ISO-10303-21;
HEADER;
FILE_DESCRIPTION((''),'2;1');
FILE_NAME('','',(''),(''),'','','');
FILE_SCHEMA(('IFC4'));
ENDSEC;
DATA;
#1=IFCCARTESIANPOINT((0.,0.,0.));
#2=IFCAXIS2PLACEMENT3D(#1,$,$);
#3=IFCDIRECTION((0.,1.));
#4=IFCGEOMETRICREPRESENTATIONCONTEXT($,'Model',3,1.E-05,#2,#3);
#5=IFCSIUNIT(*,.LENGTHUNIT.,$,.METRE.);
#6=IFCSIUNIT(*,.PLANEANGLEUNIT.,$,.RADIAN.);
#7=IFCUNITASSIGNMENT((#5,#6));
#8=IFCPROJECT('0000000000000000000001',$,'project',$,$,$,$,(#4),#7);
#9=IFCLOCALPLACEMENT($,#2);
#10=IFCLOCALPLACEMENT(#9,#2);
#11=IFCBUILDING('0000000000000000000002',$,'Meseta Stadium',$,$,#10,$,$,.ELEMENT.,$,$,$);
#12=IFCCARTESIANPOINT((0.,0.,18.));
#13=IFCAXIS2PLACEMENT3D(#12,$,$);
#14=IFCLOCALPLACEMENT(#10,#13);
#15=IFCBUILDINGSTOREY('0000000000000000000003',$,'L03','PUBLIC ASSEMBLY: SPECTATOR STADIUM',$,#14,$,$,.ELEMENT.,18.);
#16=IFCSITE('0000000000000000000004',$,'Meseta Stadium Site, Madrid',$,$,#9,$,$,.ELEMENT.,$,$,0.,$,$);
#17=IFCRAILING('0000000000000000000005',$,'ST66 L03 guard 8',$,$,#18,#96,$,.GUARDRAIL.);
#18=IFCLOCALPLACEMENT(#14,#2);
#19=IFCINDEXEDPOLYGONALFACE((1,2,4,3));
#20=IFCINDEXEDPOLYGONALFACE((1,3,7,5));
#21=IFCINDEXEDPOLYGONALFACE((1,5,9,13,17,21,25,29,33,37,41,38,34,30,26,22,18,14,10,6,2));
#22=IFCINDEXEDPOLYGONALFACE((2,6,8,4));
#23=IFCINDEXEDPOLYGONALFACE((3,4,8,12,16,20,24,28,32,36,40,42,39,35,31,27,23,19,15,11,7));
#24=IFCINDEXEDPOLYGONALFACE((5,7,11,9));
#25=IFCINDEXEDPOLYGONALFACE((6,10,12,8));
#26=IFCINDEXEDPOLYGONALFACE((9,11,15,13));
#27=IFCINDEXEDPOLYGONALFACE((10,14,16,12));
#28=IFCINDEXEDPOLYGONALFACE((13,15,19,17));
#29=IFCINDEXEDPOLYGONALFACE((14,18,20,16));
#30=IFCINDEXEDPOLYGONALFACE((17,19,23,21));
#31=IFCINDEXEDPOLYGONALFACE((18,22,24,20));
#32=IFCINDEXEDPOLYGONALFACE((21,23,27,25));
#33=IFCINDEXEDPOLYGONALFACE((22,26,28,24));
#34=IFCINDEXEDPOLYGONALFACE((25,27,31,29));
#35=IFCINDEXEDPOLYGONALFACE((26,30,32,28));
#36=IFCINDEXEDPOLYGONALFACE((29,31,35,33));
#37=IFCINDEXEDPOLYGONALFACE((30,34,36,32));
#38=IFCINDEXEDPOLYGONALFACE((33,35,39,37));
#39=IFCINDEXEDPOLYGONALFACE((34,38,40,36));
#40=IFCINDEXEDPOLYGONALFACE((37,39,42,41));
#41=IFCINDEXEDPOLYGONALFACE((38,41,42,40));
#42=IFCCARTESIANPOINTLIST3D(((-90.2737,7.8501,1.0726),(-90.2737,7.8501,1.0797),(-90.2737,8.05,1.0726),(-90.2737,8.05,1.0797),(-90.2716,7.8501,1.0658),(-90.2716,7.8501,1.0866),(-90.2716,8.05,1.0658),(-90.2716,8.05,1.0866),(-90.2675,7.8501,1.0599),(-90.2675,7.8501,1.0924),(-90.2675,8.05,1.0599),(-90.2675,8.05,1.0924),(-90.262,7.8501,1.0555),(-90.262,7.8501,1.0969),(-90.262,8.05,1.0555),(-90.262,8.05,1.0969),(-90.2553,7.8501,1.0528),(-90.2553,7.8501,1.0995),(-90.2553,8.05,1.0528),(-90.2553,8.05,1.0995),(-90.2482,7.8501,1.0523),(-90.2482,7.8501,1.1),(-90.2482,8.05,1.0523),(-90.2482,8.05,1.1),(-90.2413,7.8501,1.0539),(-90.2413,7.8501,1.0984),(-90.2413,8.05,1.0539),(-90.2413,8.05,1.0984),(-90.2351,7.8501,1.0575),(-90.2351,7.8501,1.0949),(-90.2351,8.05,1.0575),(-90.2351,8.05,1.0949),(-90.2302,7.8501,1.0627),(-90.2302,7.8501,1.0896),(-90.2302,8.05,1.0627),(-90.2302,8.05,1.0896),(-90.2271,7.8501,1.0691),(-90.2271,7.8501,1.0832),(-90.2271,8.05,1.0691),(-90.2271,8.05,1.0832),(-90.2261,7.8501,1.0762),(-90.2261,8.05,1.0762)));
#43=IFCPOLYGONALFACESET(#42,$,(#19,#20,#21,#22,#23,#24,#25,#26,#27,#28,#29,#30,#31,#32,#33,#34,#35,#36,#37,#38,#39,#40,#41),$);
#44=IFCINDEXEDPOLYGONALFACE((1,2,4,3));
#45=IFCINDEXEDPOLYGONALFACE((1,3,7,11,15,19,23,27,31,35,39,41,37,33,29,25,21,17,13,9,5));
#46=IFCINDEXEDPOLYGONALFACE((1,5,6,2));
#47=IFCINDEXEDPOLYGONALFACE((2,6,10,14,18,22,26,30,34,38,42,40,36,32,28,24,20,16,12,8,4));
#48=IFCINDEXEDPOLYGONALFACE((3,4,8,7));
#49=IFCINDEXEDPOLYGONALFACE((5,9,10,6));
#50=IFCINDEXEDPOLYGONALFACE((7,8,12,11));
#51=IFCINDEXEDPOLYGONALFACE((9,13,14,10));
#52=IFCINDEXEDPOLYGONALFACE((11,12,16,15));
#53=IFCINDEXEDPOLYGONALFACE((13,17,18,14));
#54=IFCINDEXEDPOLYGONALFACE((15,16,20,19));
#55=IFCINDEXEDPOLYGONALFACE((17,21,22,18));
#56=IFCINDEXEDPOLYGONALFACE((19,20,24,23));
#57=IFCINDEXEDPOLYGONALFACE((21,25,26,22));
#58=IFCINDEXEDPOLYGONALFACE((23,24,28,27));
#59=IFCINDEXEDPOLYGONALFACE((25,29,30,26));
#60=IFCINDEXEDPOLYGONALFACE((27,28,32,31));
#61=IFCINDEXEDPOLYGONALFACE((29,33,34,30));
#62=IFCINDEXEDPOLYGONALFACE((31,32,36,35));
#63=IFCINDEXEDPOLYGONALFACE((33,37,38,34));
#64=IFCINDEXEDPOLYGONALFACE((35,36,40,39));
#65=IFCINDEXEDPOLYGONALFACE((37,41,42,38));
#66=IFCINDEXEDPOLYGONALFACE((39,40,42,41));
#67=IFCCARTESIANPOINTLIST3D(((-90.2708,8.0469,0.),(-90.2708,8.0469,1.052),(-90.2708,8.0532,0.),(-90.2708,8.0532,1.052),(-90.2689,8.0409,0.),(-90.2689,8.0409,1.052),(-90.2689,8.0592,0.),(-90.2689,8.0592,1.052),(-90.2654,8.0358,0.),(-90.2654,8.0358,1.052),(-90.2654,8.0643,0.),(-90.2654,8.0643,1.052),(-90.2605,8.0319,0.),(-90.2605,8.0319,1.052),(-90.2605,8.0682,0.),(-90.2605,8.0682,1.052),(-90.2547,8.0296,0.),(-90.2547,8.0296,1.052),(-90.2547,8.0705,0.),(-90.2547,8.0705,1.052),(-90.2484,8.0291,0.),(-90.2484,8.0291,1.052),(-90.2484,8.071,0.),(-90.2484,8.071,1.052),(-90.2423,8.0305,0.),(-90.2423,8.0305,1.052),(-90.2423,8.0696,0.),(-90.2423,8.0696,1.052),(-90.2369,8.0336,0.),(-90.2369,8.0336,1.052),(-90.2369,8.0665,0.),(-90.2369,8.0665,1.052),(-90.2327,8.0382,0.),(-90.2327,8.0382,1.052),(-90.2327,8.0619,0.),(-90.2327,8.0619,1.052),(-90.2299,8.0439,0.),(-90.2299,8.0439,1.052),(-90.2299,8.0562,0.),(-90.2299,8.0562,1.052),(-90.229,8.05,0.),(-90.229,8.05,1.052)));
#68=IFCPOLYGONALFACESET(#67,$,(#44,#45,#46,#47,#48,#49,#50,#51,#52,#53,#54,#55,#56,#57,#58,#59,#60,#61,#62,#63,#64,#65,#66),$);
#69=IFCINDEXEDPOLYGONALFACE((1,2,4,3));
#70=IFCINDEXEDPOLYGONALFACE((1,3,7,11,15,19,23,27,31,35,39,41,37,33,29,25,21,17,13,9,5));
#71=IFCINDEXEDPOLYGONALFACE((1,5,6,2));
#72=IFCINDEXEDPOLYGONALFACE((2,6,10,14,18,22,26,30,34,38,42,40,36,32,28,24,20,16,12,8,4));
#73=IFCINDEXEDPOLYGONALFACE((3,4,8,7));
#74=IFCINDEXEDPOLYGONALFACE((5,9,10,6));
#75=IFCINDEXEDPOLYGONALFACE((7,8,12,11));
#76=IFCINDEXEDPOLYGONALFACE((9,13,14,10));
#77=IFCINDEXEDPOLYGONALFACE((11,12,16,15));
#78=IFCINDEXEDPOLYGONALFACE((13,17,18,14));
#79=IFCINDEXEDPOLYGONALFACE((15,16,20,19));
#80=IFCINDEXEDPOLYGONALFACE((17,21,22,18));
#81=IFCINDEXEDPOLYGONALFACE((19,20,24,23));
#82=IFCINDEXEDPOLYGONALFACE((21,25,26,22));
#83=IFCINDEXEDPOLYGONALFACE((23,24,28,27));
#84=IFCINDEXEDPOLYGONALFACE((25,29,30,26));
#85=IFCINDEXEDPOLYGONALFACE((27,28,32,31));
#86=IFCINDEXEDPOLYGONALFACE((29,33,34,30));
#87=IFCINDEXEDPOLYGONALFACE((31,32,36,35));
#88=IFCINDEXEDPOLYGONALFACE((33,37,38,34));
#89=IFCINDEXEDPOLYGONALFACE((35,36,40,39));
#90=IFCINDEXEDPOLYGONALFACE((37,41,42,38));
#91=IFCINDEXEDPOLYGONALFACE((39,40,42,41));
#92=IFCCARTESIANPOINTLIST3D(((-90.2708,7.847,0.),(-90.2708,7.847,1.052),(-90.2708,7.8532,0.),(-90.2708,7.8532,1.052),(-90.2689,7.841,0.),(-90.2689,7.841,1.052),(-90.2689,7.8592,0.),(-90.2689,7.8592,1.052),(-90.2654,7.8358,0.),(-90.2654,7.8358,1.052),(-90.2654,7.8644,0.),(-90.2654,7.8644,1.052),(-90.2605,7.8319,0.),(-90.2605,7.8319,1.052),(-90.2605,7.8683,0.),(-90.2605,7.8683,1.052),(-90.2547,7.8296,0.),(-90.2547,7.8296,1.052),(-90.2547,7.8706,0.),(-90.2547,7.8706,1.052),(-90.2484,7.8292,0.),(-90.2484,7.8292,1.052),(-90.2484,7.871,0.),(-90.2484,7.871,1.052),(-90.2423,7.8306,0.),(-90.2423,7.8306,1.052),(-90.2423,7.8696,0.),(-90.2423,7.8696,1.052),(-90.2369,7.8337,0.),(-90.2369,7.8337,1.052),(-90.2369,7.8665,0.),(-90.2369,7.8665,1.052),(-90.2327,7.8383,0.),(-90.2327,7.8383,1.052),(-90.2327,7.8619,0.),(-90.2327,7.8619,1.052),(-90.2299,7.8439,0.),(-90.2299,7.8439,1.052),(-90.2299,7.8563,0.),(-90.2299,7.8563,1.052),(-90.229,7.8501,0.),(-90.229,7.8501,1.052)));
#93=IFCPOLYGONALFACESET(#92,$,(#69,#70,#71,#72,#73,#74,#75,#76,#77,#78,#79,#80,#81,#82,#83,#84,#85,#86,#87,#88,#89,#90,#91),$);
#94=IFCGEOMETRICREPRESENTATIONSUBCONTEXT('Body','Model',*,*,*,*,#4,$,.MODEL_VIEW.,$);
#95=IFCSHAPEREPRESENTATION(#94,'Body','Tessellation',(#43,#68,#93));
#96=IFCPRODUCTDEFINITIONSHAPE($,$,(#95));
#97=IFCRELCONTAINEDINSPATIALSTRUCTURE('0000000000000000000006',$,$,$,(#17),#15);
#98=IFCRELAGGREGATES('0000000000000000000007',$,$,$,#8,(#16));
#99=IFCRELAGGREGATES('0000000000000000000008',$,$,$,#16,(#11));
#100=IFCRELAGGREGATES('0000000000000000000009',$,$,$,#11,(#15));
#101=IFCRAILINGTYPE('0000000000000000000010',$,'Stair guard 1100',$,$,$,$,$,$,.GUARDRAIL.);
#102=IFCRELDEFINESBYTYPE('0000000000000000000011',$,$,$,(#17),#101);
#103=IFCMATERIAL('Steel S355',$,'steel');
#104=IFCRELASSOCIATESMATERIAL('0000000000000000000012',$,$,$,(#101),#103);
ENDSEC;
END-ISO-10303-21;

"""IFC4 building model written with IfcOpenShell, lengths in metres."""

from ifc_helpers import new_model, si_unit, direction, frame, origin, origin_2d, place, context, subcontext, project, spatial, circle, extrude, material, type_object, element, save


model = new_model("IFC4")

# Units and contexts
model_context = context("Model", 3, precision=1e-05, world=origin(), true_north=direction((0.0, 1.0)))
body_context = subcontext(model_context, "Body", "Model", "MODEL_VIEW")
ifc_project = project(units=[si_unit("LENGTHUNIT", "METRE"), si_unit("PLANEANGLEUNIT", "RADIAN")], contexts=[model_context])

# Site, building, storey
site_placement = place(None, origin())
site = spatial("IfcSite", under=ifc_project, at=site_placement, Name="Meseta Stadium Site, Madrid", CompositionType="ELEMENT", RefElevation=0.0)
building_placement = place(site_placement, origin())
building = spatial("IfcBuilding", under=site, at=building_placement, Name="Meseta Stadium", CompositionType="ELEMENT")
storey_placement = place(building_placement, frame((0.0, 0.0, 18.0)))
storey = spatial("IfcBuildingStorey", under=building, at=storey_placement, Name="L03", Description="PUBLIC ASSEMBLY: SPECTATOR STADIUM", CompositionType="ELEMENT", Elevation=18.0)

# Railing
ifc_material_1 = material(Name="Steel S355", Category="steel")
railing_type_1 = type_object("IfcRailingType", Name="Stair guard 1100", PredefinedType="GUARDRAIL", material=ifc_material_1)
railing_1_placement = place(storey_placement, frame((-90.25, 8.05, 0.0)))
element("IfcRailing", 1, at=railing_1_placement, inside=storey, type_object=railing_type_1, Name="ST66 L03 guard 8", PredefinedType="GUARDRAIL", context=body_context, shape_type="SweptSolid", body=[
    extrude(circle(Radius=0.0239, at=origin_2d()), frame((0.0, 0.0, 1.0762), z_axis=(0.0, -1.0, 0.0), x_axis=(1.0, 0.0, 0.0)), (0.0, 0.0, 1.0), 0.2),
    extrude(circle(Radius=0.021, at=origin_2d()), origin(), (0.0, 0.0, 1.0), 1.052),
    extrude(circle(Radius=0.021, at=origin_2d()), frame((0.0, -0.2, 0.0)), (0.0, 0.0, 1.0), 1.052),
])

save(model, "model.ifc")
